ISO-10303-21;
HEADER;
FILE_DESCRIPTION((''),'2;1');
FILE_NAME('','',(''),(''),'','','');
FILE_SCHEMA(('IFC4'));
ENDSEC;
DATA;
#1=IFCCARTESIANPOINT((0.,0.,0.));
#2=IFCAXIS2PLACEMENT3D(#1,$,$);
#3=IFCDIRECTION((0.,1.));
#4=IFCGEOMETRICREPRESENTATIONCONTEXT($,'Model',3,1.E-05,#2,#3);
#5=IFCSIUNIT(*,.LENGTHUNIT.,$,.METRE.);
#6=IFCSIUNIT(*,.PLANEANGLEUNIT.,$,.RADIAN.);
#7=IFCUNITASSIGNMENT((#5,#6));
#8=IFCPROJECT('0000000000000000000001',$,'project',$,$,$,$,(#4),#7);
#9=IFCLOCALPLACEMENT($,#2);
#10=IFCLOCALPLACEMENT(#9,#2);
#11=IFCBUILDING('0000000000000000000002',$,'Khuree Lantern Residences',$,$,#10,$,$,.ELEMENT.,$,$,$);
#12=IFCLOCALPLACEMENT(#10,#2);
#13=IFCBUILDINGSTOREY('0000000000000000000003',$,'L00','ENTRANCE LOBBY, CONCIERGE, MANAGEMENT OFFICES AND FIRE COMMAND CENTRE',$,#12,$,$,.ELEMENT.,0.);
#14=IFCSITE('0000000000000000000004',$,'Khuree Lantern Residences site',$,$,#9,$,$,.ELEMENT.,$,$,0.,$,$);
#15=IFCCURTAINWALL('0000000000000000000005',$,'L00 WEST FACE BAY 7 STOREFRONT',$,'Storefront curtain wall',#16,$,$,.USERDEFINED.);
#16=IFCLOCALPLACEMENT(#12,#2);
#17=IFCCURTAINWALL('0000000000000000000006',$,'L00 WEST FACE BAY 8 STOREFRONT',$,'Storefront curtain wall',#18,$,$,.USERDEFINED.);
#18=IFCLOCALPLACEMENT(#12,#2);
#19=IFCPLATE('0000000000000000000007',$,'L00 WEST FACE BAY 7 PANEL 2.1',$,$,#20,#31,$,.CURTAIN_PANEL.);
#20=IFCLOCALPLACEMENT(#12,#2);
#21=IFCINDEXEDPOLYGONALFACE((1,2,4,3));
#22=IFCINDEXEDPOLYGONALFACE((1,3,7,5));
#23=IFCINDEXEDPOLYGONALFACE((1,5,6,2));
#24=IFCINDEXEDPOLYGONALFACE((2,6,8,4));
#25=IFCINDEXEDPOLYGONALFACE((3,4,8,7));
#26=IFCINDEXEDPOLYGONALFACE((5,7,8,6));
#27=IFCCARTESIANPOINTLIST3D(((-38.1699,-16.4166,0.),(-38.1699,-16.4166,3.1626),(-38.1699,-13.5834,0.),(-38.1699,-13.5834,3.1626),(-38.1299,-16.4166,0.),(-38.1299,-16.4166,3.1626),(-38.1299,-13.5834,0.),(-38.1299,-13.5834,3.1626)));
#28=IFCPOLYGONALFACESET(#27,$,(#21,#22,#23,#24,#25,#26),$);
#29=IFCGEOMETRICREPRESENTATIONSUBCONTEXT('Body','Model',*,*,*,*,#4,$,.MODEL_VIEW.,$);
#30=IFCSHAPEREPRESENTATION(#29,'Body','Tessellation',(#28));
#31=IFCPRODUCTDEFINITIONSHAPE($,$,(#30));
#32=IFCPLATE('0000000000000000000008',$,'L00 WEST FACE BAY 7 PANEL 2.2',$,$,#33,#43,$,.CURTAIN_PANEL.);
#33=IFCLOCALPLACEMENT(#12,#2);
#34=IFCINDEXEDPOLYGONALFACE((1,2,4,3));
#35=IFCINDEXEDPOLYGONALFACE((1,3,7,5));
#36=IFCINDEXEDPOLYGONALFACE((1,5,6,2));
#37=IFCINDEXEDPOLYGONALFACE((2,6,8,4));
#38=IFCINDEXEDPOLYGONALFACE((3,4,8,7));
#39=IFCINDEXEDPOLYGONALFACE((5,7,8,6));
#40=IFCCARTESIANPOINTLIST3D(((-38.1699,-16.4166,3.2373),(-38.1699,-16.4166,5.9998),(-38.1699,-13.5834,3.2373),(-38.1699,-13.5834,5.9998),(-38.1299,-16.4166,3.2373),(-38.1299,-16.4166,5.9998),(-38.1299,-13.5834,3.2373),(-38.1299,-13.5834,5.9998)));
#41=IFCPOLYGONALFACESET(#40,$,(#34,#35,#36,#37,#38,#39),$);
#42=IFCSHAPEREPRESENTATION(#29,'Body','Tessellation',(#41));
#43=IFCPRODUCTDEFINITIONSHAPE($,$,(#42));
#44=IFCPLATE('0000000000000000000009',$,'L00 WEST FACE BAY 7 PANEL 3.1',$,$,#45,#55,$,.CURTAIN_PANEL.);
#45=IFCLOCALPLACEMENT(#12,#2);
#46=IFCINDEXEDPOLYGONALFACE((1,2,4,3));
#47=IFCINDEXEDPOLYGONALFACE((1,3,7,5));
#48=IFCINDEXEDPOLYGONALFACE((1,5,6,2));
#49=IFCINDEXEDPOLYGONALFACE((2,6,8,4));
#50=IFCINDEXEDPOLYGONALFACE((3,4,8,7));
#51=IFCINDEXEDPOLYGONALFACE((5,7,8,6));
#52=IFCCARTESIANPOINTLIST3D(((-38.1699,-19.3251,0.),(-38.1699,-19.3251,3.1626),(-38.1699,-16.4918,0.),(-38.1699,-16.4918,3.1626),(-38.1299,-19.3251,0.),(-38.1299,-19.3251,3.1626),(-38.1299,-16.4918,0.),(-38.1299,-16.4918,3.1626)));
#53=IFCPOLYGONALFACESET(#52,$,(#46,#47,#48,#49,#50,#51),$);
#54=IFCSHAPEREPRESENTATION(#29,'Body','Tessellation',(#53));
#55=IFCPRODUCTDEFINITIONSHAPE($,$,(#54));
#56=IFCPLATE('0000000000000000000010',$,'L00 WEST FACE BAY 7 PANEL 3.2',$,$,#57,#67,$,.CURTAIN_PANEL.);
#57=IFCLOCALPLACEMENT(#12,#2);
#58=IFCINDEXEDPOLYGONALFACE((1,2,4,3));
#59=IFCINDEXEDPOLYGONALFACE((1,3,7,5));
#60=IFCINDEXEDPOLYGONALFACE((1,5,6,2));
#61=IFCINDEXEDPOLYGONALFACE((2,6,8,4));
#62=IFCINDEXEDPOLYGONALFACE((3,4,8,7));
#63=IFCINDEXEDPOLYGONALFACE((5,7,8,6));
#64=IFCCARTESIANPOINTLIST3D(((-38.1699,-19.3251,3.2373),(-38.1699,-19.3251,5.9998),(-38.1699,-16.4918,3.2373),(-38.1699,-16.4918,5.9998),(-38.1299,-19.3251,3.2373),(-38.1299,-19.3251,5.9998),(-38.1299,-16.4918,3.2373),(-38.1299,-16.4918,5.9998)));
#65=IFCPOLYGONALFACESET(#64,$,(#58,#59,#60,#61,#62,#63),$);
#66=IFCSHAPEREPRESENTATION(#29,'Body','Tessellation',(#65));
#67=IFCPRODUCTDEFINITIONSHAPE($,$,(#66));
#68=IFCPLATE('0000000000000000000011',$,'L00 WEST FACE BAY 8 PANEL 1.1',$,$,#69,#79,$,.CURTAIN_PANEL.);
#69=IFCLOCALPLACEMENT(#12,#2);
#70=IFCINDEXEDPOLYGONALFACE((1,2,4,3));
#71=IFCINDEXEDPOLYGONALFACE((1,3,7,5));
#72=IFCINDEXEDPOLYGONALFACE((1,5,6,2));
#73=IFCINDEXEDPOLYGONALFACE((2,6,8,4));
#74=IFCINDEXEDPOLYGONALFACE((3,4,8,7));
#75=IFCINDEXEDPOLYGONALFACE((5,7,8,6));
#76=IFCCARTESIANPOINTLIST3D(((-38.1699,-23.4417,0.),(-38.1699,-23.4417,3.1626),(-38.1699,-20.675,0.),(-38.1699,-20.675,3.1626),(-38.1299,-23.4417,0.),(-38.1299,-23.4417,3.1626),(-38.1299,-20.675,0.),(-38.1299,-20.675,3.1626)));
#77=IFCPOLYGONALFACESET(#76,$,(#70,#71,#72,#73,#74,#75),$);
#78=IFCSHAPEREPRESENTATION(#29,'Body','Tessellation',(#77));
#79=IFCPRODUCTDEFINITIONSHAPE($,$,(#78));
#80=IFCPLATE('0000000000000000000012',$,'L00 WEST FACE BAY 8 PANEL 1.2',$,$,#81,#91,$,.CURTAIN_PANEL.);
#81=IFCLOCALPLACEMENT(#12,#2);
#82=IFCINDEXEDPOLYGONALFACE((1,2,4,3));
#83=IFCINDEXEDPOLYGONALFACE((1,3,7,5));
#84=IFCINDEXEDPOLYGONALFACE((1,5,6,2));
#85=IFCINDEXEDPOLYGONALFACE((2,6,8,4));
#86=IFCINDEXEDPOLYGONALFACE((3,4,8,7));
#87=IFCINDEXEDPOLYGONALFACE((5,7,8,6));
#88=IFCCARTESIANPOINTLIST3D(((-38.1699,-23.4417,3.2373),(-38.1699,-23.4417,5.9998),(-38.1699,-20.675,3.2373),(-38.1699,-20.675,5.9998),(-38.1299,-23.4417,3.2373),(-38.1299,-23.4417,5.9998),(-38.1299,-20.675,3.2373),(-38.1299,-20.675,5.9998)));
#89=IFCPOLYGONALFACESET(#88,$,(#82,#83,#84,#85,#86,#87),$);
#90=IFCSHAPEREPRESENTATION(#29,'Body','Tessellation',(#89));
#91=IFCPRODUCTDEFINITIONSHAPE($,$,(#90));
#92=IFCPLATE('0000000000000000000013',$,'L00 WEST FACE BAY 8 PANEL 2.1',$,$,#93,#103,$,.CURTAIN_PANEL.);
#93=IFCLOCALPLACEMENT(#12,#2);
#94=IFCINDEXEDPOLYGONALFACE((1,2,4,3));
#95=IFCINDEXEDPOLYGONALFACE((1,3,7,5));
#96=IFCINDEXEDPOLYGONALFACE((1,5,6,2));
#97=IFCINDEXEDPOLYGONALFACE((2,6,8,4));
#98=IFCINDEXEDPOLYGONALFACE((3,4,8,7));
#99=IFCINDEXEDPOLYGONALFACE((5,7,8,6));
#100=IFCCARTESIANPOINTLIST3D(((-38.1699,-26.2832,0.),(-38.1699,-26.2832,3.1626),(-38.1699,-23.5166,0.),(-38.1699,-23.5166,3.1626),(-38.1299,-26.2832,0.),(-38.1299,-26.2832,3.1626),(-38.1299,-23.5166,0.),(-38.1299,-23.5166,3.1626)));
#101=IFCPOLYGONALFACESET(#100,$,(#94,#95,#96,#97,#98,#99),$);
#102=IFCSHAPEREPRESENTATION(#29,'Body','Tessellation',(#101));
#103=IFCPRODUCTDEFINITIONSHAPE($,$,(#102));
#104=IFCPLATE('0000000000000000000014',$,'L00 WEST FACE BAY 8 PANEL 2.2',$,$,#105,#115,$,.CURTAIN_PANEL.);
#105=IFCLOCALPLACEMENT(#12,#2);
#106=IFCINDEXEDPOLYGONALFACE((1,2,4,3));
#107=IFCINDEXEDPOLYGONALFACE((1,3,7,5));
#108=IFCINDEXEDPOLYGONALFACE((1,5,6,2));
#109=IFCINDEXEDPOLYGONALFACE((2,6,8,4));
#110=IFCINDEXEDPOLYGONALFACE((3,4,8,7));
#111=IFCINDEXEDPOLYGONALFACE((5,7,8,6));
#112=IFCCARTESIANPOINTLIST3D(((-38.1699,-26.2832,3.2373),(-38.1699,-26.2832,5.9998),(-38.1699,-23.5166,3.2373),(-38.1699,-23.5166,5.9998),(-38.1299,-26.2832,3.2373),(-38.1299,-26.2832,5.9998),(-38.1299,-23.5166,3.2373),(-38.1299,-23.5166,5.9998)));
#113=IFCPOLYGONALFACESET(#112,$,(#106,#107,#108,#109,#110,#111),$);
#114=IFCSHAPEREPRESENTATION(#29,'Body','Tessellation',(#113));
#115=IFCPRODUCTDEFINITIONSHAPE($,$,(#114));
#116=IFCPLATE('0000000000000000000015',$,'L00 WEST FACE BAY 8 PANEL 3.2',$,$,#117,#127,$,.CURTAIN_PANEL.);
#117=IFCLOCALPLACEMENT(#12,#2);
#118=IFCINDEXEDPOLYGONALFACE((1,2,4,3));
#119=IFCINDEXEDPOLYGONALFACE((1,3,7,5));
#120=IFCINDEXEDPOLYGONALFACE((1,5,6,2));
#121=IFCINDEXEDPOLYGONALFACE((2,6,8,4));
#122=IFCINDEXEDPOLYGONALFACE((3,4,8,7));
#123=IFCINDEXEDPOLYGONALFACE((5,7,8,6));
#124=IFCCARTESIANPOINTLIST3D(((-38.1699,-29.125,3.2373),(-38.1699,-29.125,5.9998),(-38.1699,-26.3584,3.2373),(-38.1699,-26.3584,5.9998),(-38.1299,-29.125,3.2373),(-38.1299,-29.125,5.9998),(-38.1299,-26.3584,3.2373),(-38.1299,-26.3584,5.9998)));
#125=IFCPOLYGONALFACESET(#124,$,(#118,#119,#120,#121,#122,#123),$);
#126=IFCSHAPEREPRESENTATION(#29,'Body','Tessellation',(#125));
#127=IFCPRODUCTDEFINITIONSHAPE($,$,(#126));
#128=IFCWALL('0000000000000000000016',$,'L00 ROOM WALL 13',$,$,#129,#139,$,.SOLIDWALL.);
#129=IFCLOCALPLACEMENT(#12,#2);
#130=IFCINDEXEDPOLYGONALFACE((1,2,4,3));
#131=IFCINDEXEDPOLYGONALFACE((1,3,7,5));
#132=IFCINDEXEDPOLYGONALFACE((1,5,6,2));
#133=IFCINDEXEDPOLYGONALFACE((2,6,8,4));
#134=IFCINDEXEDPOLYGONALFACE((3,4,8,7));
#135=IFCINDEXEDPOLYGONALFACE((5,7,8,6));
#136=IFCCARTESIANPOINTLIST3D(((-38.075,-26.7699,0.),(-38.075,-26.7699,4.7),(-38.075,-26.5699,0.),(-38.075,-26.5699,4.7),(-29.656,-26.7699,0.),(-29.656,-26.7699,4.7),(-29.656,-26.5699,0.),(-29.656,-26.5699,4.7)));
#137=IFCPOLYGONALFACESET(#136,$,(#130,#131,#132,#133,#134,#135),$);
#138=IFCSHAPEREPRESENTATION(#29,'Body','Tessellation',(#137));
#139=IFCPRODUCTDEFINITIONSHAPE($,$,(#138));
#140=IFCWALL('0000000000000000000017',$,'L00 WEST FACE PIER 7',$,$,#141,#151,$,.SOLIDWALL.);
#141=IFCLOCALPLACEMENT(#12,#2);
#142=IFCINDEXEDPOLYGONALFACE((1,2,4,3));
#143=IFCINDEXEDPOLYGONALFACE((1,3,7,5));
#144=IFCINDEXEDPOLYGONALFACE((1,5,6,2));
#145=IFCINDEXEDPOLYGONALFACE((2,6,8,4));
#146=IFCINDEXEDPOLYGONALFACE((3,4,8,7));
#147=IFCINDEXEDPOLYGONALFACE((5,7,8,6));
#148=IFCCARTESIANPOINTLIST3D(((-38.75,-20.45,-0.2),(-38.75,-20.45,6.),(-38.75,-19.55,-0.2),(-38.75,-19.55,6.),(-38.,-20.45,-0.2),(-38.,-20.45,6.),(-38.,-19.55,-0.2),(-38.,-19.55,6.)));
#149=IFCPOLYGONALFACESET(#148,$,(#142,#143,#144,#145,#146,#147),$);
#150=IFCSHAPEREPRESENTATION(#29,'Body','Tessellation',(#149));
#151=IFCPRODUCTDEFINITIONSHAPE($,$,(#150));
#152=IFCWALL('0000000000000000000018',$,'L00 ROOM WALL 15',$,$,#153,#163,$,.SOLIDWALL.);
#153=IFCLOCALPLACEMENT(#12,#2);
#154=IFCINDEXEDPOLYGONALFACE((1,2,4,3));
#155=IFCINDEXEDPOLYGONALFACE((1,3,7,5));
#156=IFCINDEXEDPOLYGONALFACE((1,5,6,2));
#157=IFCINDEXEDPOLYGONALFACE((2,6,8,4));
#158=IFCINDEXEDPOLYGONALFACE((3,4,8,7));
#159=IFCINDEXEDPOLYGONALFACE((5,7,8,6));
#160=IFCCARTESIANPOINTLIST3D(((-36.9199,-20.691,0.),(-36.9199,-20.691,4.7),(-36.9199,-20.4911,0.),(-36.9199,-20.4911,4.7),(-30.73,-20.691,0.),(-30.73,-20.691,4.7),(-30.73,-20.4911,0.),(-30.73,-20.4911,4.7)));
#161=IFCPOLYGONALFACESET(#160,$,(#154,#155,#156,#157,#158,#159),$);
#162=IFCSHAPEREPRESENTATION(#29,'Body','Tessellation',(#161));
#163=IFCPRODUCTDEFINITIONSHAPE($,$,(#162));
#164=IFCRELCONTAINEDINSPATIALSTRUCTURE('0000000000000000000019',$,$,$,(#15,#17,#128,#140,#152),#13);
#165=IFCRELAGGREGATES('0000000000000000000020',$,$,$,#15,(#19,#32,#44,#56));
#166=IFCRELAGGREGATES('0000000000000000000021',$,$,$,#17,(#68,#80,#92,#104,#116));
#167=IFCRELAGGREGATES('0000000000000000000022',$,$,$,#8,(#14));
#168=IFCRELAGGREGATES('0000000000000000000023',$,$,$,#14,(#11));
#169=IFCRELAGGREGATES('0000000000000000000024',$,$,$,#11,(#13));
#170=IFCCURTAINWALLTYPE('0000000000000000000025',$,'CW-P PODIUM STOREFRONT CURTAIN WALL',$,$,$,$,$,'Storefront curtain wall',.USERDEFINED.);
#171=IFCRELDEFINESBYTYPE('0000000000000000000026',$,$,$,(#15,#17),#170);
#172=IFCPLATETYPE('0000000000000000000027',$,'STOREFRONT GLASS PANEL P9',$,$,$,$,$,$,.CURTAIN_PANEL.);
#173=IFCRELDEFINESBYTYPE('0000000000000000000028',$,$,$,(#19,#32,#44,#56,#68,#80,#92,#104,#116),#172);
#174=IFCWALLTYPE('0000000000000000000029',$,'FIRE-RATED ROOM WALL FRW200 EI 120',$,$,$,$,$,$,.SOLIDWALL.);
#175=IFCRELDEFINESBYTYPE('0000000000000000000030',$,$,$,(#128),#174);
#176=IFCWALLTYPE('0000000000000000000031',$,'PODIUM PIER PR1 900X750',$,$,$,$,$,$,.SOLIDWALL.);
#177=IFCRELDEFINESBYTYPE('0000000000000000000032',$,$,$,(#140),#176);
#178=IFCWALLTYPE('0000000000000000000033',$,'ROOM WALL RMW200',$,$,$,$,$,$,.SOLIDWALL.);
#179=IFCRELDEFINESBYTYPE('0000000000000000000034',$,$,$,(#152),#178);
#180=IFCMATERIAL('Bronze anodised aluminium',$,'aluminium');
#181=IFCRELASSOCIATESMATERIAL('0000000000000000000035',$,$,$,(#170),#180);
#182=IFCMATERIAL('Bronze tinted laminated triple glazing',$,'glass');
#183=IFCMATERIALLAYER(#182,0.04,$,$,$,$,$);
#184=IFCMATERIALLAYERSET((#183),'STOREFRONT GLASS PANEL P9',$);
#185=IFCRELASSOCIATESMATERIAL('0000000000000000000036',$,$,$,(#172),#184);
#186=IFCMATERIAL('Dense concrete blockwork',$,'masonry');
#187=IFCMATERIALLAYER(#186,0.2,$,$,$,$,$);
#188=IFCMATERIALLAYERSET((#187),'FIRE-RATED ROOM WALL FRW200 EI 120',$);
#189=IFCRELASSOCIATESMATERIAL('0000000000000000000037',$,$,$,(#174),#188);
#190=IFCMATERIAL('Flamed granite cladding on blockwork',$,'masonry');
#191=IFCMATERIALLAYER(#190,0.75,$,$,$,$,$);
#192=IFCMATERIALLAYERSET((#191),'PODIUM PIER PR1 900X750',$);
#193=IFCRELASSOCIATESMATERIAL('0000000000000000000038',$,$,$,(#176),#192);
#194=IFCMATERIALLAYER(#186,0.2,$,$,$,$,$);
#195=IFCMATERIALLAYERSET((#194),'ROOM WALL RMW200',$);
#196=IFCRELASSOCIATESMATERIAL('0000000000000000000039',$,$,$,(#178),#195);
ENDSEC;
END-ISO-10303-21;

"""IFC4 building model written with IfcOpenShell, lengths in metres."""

from ifc_helpers import new_model, si_unit, direction, frame, frame_2d, origin, origin_2d, place, context, subcontext, project, spatial, rectangle, extrude, material, layer, layer_set, type_object, element, aggregate, save


model = new_model("IFC4")

# Units and contexts
model_context = context("Model", 3, precision=1e-05, world=origin(), true_north=direction((0.0, 1.0)))
body_context = subcontext(model_context, "Body", "Model", "MODEL_VIEW")
ifc_project = project(units=[si_unit("LENGTHUNIT", "METRE"), si_unit("PLANEANGLEUNIT", "RADIAN")], contexts=[model_context])

# Site, building, storey
site_placement = place(None, origin())
site = spatial("IfcSite", under=ifc_project, at=site_placement, Name="Khuree Lantern Residences site", CompositionType="ELEMENT", RefElevation=0.0)
building_placement = place(site_placement, origin())
building = spatial("IfcBuilding", under=site, at=building_placement, Name="Khuree Lantern Residences", CompositionType="ELEMENT")
storey_placement = place(building_placement, origin())
storey = spatial("IfcBuildingStorey", under=building, at=storey_placement, Name="L00", Description="ENTRANCE LOBBY, CONCIERGE, MANAGEMENT OFFICES AND FIRE COMMAND CENTRE", CompositionType="ELEMENT", Elevation=0.0)

# Curtain walls
ifc_material_1 = material(Name="Bronze anodised aluminium", Category="aluminium")
curtain_wall_type = type_object("IfcCurtainWallType", Name="CW-P PODIUM STOREFRONT CURTAIN WALL", ElementType="Storefront curtain wall", PredefinedType="USERDEFINED", material=ifc_material_1)
curtain_wall_1_placement = place(storey_placement, origin())
curtain_wall_1 = element("IfcCurtainWall", 1, at=curtain_wall_1_placement, inside=storey, type_object=curtain_wall_type, Name="L00 WEST FACE BAY 7 STOREFRONT", ObjectType="Storefront curtain wall", PredefinedType="USERDEFINED")
curtain_wall_2_placement = place(storey_placement, origin())
curtain_wall_2 = element("IfcCurtainWall", 2, at=curtain_wall_2_placement, inside=storey, type_object=curtain_wall_type, Name="L00 WEST FACE BAY 8 STOREFRONT", ObjectType="Storefront curtain wall", PredefinedType="USERDEFINED")

# Plates
ifc_material_2 = material(Name="Bronze tinted laminated triple glazing", Category="glass")
ifc_layer_1 = layer(ifc_material_2, 0.04)
ifc_layer_set_1 = layer_set([ifc_layer_1], Name="STOREFRONT GLASS PANEL P9")
plate_type = type_object("IfcPlateType", Name="STOREFRONT GLASS PANEL P9", PredefinedType="CURTAIN_PANEL", material=ifc_layer_set_1)
plate_1_placement = place(storey_placement, frame((-38.1499, -15.0, 0.0), z_axis=(0.0, 0.0, 1.0), x_axis=(0.0, -1.0, 0.0)))
plate_1 = element("IfcPlate", 3, at=plate_1_placement, type_object=plate_type, Name="L00 WEST FACE BAY 7 PANEL 2.1", PredefinedType="CURTAIN_PANEL", context=body_context, shape_type="SweptSolid", body=[
    extrude(rectangle(XDim=2.8333, YDim=0.04, at=origin_2d()), origin(), (0.0, 0.0, 1.0), 3.1626),
])
plate_2_placement = place(storey_placement, frame((-38.1499, -15.0, 3.2373), z_axis=(0.0, 0.0, 1.0), x_axis=(0.0, -1.0, 0.0)))
plate_2 = element("IfcPlate", 4, at=plate_2_placement, type_object=plate_type, Name="L00 WEST FACE BAY 7 PANEL 2.2", PredefinedType="CURTAIN_PANEL", context=body_context, shape_type="SweptSolid", body=[
    extrude(rectangle(XDim=2.8333, YDim=0.04, at=origin_2d()), origin(), (0.0, 0.0, 1.0), 2.7625),
])
plate_3_placement = place(storey_placement, frame((-38.1499, -17.9084, 0.0), z_axis=(0.0, 0.0, 1.0), x_axis=(0.0, -1.0, 0.0)))
plate_3 = element("IfcPlate", 5, at=plate_3_placement, type_object=plate_type, Name="L00 WEST FACE BAY 7 PANEL 3.1", PredefinedType="CURTAIN_PANEL", context=body_context, shape_type="SweptSolid", body=[
    extrude(rectangle(XDim=2.8333, YDim=0.04, at=origin_2d()), origin(), (0.0, 0.0, 1.0), 3.1626),
])
plate_4_placement = place(storey_placement, frame((-38.1499, -17.9084, 3.2373), z_axis=(0.0, 0.0, 1.0), x_axis=(0.0, -1.0, 0.0)))
plate_4 = element("IfcPlate", 6, at=plate_4_placement, type_object=plate_type, Name="L00 WEST FACE BAY 7 PANEL 3.2", PredefinedType="CURTAIN_PANEL", context=body_context, shape_type="SweptSolid", body=[
    extrude(rectangle(XDim=2.8333, YDim=0.04, at=origin_2d()), origin(), (0.0, 0.0, 1.0), 2.7625),
])
aggregate(curtain_wall_1, [plate_1, plate_2, plate_3, plate_4])
plate_5_placement = place(storey_placement, frame((-38.1499, -22.0583, 0.0), z_axis=(0.0, 0.0, 1.0), x_axis=(0.0, -1.0, 0.0)))
plate_5 = element("IfcPlate", 7, at=plate_5_placement, type_object=plate_type, Name="L00 WEST FACE BAY 8 PANEL 1.1", PredefinedType="CURTAIN_PANEL", context=body_context, shape_type="SweptSolid", body=[
    extrude(rectangle(XDim=2.7666, YDim=0.04, at=origin_2d()), origin(), (0.0, 0.0, 1.0), 3.1626),
])
plate_6_placement = place(storey_placement, frame((-38.1499, -22.0583, 3.2373), z_axis=(0.0, 0.0, 1.0), x_axis=(0.0, -1.0, 0.0)))
plate_6 = element("IfcPlate", 8, at=plate_6_placement, type_object=plate_type, Name="L00 WEST FACE BAY 8 PANEL 1.2", PredefinedType="CURTAIN_PANEL", context=body_context, shape_type="SweptSolid", body=[
    extrude(rectangle(XDim=2.7666, YDim=0.04, at=origin_2d()), origin(), (0.0, 0.0, 1.0), 2.7625),
])
plate_7_placement = place(storey_placement, frame((-38.1499, -24.8999, 0.0), z_axis=(0.0, 0.0, 1.0), x_axis=(0.0, -1.0, 0.0)))
plate_7 = element("IfcPlate", 9, at=plate_7_placement, type_object=plate_type, Name="L00 WEST FACE BAY 8 PANEL 2.1", PredefinedType="CURTAIN_PANEL", context=body_context, shape_type="SweptSolid", body=[
    extrude(rectangle(XDim=2.7666, YDim=0.04, at=origin_2d()), origin(), (0.0, 0.0, 1.0), 3.1626),
])
plate_8_placement = place(storey_placement, frame((-38.1499, -24.8999, 3.2373), z_axis=(0.0, 0.0, 1.0), x_axis=(0.0, -1.0, 0.0)))
plate_8 = element("IfcPlate", 10, at=plate_8_placement, type_object=plate_type, Name="L00 WEST FACE BAY 8 PANEL 2.2", PredefinedType="CURTAIN_PANEL", context=body_context, shape_type="SweptSolid", body=[
    extrude(rectangle(XDim=2.7666, YDim=0.04, at=origin_2d()), origin(), (0.0, 0.0, 1.0), 2.7625),
])
plate_9_placement = place(storey_placement, frame((-38.1499, -27.7417, 3.2373), z_axis=(0.0, 0.0, 1.0), x_axis=(0.0, -1.0, 0.0)))
plate_9 = element("IfcPlate", 11, at=plate_9_placement, type_object=plate_type, Name="L00 WEST FACE BAY 8 PANEL 3.2", PredefinedType="CURTAIN_PANEL", context=body_context, shape_type="SweptSolid", body=[
    extrude(rectangle(XDim=2.7666, YDim=0.04, at=origin_2d()), origin(), (0.0, 0.0, 1.0), 2.7625),
])
aggregate(curtain_wall_2, [plate_5, plate_6, plate_7, plate_8, plate_9])

# Walls
ifc_material_3 = material(Name="Dense concrete blockwork", Category="masonry")
ifc_layer_2 = layer(ifc_material_3, 0.2)
ifc_layer_set_2 = layer_set([ifc_layer_2], Name="FIRE-RATED ROOM WALL FRW200 EI 120")
wall_type_1 = type_object("IfcWallType", Name="FIRE-RATED ROOM WALL FRW200 EI 120", PredefinedType="SOLIDWALL", material=ifc_layer_set_2)
wall_1_placement = place(storey_placement, frame((-38.075, -26.6699, 0.0), z_axis=(0.0, 0.0, 1.0), x_axis=(1.0, 0.0, 0.0)))
element("IfcWall", 12, at=wall_1_placement, inside=storey, type_object=wall_type_1, Name="L00 ROOM WALL 13", PredefinedType="SOLIDWALL", context=body_context, shape_type="SweptSolid", body=[
    extrude(rectangle(XDim=8.4189, YDim=0.2, at=frame_2d((4.2095, 0.0))), origin(), (0.0, 0.0, 1.0), 4.7),
])
ifc_material_4 = material(Name="Flamed granite cladding on blockwork", Category="masonry")
ifc_layer_3 = layer(ifc_material_4, 0.75)
ifc_layer_set_3 = layer_set([ifc_layer_3], Name="PODIUM PIER PR1 900X750")
wall_type_2 = type_object("IfcWallType", Name="PODIUM PIER PR1 900X750", PredefinedType="SOLIDWALL", material=ifc_layer_set_3)
wall_2_placement = place(storey_placement, frame((-38.375, -19.55, -0.2), z_axis=(0.0, 0.0, 1.0), x_axis=(0.0, -1.0, 0.0)))
element("IfcWall", 13, at=wall_2_placement, inside=storey, type_object=wall_type_2, Name="L00 WEST FACE PIER 7", PredefinedType="SOLIDWALL", context=body_context, shape_type="SweptSolid", body=[
    extrude(rectangle(XDim=0.8999, YDim=0.75, at=frame_2d((0.45, 0.0))), origin(), (0.0, 0.0, 1.0), 6.2),
])
ifc_layer_4 = layer(ifc_material_3, 0.2)
ifc_layer_set_4 = layer_set([ifc_layer_4], Name="ROOM WALL RMW200")
wall_type_3 = type_object("IfcWallType", Name="ROOM WALL RMW200", PredefinedType="SOLIDWALL", material=ifc_layer_set_4)
wall_3_placement = place(storey_placement, frame((-36.9199, -20.5911, 0.0), z_axis=(0.0, 0.0, 1.0), x_axis=(1.0, 0.0, 0.0)))
element("IfcWall", 14, at=wall_3_placement, inside=storey, type_object=wall_type_3, Name="L00 ROOM WALL 15", PredefinedType="SOLIDWALL", context=body_context, shape_type="SweptSolid", body=[
    extrude(rectangle(XDim=6.1899, YDim=0.2, at=frame_2d((3.095, 0.0))), origin(), (0.0, 0.0, 1.0), 4.7),
])

save(model, "model.ifc")
